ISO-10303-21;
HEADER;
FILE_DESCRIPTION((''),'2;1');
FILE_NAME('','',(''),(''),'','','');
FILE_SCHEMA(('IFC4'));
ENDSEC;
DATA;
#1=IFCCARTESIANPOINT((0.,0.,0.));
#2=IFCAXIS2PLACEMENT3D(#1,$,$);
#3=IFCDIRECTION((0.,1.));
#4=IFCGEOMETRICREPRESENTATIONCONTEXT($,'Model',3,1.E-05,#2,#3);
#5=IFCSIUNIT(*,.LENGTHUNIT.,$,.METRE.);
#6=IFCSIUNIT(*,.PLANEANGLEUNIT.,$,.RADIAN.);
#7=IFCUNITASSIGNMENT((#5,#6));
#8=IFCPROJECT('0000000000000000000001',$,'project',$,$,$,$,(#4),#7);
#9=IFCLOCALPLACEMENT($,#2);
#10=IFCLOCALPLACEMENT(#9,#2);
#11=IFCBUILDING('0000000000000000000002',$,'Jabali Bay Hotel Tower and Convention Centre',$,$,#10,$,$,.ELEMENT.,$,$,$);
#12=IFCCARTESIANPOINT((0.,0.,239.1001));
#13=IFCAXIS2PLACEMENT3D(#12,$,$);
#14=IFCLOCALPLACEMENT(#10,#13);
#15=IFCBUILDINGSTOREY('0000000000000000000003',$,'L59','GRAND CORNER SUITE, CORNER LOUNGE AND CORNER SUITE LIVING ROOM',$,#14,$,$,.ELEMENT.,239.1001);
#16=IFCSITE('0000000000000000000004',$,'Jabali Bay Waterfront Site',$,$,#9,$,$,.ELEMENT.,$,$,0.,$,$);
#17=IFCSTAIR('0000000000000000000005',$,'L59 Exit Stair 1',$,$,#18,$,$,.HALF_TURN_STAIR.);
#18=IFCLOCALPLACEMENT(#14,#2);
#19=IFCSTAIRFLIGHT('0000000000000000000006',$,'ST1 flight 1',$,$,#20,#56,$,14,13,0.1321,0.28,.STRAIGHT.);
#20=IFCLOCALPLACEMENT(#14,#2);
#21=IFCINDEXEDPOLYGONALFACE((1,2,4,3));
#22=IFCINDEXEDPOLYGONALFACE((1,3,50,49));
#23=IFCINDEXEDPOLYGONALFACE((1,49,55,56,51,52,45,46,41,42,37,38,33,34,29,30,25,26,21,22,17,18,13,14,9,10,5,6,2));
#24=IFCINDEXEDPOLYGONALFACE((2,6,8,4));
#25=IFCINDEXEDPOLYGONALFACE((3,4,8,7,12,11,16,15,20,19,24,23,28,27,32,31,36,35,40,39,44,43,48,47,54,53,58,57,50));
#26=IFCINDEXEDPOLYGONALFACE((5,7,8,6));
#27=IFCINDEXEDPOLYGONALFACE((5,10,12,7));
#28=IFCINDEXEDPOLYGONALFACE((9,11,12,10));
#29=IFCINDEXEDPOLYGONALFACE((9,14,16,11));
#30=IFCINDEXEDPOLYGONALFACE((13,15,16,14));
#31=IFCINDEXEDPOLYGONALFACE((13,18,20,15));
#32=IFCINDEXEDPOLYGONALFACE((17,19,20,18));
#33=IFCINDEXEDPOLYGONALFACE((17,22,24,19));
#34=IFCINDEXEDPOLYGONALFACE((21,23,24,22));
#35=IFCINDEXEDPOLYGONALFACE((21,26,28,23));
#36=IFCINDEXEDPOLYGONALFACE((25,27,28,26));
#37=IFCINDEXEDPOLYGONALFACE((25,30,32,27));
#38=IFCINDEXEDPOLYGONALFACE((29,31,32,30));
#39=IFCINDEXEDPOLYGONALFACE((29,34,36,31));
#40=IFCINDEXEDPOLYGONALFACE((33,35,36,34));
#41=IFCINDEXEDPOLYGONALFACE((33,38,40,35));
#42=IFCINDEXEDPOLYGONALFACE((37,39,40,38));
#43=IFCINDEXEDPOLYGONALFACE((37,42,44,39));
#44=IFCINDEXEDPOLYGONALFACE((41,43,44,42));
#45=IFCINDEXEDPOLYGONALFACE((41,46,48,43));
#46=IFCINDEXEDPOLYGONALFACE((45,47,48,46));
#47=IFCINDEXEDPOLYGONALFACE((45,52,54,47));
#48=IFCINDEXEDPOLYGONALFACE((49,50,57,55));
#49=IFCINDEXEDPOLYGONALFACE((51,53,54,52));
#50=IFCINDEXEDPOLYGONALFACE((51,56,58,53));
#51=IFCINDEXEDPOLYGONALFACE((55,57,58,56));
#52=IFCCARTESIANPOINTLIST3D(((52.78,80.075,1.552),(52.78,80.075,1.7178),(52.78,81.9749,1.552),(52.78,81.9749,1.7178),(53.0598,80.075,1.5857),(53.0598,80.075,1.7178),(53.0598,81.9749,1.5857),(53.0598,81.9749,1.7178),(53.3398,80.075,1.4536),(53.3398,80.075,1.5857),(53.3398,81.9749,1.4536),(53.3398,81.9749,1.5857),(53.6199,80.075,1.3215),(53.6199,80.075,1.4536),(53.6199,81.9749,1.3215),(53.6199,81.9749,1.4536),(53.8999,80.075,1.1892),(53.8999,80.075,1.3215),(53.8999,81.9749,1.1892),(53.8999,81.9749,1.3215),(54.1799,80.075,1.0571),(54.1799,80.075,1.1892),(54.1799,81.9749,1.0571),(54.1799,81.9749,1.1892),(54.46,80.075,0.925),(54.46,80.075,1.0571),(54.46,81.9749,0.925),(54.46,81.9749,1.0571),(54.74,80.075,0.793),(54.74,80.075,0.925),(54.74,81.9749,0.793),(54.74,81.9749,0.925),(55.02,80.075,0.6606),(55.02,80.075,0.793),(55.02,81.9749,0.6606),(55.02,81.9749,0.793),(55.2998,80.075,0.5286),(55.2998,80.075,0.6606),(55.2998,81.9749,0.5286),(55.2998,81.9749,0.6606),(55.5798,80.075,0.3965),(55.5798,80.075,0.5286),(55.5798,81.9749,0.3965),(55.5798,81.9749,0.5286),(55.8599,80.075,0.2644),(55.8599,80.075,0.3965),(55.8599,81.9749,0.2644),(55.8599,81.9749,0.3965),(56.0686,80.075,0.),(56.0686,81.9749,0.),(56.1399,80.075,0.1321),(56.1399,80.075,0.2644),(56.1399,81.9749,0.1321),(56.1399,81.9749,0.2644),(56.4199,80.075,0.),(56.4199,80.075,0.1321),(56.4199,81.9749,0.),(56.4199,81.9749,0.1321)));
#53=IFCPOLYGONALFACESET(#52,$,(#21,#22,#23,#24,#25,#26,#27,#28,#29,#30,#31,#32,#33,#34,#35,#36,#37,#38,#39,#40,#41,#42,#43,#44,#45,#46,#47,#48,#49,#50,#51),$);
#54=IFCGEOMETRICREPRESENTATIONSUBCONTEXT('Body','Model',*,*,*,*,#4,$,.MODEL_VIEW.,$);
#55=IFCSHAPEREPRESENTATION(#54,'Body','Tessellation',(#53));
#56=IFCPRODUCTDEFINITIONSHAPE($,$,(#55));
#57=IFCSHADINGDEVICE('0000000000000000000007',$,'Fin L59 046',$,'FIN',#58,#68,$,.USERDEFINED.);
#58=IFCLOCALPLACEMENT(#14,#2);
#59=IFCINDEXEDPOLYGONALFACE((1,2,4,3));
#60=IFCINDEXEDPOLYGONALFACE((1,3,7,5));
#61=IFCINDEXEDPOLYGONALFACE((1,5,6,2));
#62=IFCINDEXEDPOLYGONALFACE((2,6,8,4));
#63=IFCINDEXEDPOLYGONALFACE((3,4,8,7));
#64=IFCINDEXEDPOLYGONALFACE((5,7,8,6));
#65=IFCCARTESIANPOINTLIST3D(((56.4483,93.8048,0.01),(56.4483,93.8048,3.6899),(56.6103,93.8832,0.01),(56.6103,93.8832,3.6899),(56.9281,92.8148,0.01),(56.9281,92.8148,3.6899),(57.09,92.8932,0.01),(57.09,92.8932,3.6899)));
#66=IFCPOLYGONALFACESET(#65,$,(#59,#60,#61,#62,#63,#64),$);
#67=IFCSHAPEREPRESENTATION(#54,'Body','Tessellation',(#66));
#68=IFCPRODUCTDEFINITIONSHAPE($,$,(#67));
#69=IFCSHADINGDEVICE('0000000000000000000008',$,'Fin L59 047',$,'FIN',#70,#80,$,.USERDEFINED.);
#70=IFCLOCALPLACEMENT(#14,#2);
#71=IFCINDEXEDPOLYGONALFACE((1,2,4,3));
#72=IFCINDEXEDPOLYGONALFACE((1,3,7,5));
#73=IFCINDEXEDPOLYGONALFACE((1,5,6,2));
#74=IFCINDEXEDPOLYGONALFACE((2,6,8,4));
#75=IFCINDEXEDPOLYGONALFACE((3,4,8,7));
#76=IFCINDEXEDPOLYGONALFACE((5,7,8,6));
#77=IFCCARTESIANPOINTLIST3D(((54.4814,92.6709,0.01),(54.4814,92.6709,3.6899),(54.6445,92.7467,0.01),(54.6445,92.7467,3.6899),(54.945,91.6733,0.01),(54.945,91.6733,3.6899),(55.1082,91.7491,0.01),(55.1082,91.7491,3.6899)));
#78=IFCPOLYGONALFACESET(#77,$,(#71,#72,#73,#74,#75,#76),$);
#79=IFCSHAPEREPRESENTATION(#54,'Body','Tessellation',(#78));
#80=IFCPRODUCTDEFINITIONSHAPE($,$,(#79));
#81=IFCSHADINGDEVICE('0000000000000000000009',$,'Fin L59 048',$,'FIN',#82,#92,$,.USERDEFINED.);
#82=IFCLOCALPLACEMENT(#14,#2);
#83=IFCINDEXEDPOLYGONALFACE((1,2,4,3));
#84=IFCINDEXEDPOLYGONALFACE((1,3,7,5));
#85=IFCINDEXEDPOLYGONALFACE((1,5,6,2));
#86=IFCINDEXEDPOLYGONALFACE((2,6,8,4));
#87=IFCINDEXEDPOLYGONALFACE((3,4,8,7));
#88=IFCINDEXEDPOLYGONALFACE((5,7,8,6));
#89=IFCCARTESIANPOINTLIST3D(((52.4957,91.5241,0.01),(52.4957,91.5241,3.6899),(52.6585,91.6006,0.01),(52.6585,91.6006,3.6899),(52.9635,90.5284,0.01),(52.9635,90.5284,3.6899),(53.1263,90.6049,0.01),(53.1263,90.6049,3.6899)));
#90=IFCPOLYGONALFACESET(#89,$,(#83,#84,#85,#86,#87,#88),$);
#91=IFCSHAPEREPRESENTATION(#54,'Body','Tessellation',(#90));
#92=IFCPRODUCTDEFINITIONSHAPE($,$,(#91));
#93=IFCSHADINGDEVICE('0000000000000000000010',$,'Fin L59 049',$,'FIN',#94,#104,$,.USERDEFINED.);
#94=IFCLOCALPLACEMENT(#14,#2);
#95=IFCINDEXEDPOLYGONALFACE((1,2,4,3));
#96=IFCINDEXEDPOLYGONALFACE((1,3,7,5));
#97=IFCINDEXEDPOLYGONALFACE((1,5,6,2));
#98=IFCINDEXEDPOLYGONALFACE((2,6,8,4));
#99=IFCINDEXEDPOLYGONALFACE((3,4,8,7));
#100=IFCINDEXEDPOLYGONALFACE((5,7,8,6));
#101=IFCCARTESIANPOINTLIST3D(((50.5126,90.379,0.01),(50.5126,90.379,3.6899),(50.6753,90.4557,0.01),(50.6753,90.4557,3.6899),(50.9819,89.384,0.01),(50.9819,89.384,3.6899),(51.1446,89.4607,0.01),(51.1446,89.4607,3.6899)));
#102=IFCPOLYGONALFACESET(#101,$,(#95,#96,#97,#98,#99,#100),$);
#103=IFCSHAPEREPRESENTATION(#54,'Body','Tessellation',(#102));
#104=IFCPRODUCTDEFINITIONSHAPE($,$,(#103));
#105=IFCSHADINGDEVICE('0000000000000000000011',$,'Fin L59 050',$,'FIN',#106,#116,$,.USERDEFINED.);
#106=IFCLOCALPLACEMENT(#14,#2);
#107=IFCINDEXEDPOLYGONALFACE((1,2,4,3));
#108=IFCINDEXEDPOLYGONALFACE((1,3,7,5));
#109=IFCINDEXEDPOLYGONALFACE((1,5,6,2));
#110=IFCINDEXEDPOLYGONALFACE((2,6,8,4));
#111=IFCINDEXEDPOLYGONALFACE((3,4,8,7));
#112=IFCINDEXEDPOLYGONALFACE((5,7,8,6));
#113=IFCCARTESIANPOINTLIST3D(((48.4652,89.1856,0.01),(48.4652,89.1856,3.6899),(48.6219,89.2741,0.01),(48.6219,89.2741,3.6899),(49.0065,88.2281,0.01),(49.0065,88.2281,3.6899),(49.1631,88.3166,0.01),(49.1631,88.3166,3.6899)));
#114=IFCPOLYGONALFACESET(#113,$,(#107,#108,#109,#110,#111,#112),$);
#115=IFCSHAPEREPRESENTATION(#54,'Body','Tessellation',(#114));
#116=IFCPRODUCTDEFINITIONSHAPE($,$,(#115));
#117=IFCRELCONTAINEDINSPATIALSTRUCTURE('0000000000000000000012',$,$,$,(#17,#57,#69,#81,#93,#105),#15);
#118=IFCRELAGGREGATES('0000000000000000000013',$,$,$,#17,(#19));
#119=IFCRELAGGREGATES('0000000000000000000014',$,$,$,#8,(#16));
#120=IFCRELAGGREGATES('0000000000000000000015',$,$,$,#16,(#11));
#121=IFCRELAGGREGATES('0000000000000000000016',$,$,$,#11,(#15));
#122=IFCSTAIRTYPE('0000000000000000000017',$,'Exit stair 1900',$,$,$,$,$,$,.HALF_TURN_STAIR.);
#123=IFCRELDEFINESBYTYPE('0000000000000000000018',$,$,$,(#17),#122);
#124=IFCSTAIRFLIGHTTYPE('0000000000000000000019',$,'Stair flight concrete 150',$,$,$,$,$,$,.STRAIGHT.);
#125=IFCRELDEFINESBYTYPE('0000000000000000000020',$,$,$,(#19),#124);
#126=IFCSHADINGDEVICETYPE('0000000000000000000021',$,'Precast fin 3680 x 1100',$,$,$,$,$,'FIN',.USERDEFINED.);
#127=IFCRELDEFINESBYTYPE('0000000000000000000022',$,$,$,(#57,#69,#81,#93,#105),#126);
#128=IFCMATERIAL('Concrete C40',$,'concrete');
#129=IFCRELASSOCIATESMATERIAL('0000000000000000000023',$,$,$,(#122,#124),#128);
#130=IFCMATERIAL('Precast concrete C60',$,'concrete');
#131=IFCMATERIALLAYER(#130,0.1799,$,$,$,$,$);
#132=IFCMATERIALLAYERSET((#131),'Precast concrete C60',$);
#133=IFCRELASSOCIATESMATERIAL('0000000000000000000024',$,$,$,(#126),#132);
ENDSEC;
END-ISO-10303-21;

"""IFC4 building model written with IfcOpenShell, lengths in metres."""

from ifc_helpers import new_model, si_unit, direction, frame, frame_2d, origin, place, context, subcontext, project, spatial, polyline, rectangle, outline, extrude, material, layer, layer_set, type_object, element, aggregate, save


model = new_model("IFC4")

# Units and contexts
model_context = context("Model", 3, precision=1e-05, world=origin(), true_north=direction((0.0, 1.0)))
body_context = subcontext(model_context, "Body", "Model", "MODEL_VIEW")
ifc_project = project(units=[si_unit("LENGTHUNIT", "METRE"), si_unit("PLANEANGLEUNIT", "RADIAN")], contexts=[model_context])

# Site, building, storey
site_placement = place(None, origin())
site = spatial("IfcSite", under=ifc_project, at=site_placement, Name="Jabali Bay Waterfront Site", CompositionType="ELEMENT", RefElevation=0.0)
building_placement = place(site_placement, origin())
building = spatial("IfcBuilding", under=site, at=building_placement, Name="Jabali Bay Hotel Tower and Convention Centre", CompositionType="ELEMENT")
storey_placement = place(building_placement, frame((0.0, 0.0, 239.1001)))
storey = spatial("IfcBuildingStorey", under=building, at=storey_placement, Name="L59", Description="GRAND CORNER SUITE, CORNER LOUNGE AND CORNER SUITE LIVING ROOM", CompositionType="ELEMENT", Elevation=239.1001)

# Shared definitions
ifc_material_1 = material(Name="Concrete C40", Category="concrete")

# Stair, stair flight
stair_type = type_object("IfcStairType", Name="Exit stair 1900", PredefinedType="HALF_TURN_STAIR", material=ifc_material_1)
stair_placement = place(storey_placement, origin())
stair = element("IfcStair", 1, at=stair_placement, inside=storey, type_object=stair_type, Name="L59 Exit Stair 1", PredefinedType="HALF_TURN_STAIR")
stair_flight_type = type_object("IfcStairFlightType", Name="Stair flight concrete 150", PredefinedType="STRAIGHT", material=ifc_material_1)
stair_flight_placement = place(storey_placement, frame((56.4199, 81.0249, 0.0), z_axis=(0.0, 0.0, 1.0), x_axis=(-1.0, 0.0, 0.0)))
stair_flight = element("IfcStairFlight", 2, at=stair_flight_placement, type_object=stair_flight_type, Name="ST1 flight 1", NumberOfRisers=14, NumberOfTreads=13, PredefinedType="STRAIGHT", RiserHeight=0.1321, TreadLength=0.28, context=body_context, shape_type="SweptSolid", body=[
    extrude(outline(polyline([(0.0, 0.0), (0.0, 0.1321), (0.28, 0.1321), (0.28, 0.2644), (0.5601, 0.2644), (0.5601, 0.3965), (0.8401, 0.3965), (0.8401, 0.5286), (1.1201, 0.5286), (1.1201, 0.6606), (1.3999, 0.6606), (1.3999, 0.793), (1.6799, 0.793), (1.6799, 0.925), (1.96, 0.925), (1.96, 1.0571), (2.24, 1.0571), (2.24, 1.1892), (2.52, 1.1892), (2.52, 1.3215), (2.8, 1.3215), (2.8, 1.4536), (3.0801, 1.4536), (3.0801, 1.5857), (3.3601, 1.5857), (3.3601, 1.7178), (3.6399, 1.7178), (3.6399, 1.8501), (3.6399, 1.552), (0.3513, 0.0), (0.0, 0.0)])), frame((0.0, 0.95, 0.0), z_axis=(0.0, -1.0, 0.0), x_axis=(1.0, 0.0, 0.0)), (0.0, 0.0, 1.0), 1.8999),
])
aggregate(stair, [stair_flight])

# Shading devices
ifc_material_2 = material(Name="Precast concrete C60", Category="concrete")
ifc_layer_1 = layer(ifc_material_2, 0.1799)
ifc_layer_set_1 = layer_set([ifc_layer_1], Name="Precast concrete C60")
shading_device_type = type_object("IfcShadingDeviceType", Name="Precast fin 3680 x 1100", ElementType="FIN", PredefinedType="USERDEFINED", material=ifc_layer_set_1)
for number, where, z_axis, x_axis, name in (
    (3, (57.009, 92.854, 0.01), (0.0, 0.0, 1.0), (-0.436083, 0.899906, 0.0), "Fin L59 046"),
    (4, (55.0266, 91.7112, 0.01), (0.0, 0.0, 1.0), (-0.421463, 0.906845, 0.0), "Fin L59 047"),
    (5, (53.0449, 90.5667, 0.01), (0.0, 0.0, 1.0), (-0.425241, 0.90508, 0.0), "Fin L59 048"),
    (6, (51.0632, 89.4224, 0.01), (0.0, 0.0, 1.0), (-0.426588, 0.904446, 0.0), "Fin L59 049"),
):
    element("IfcShadingDevice", number, at=place(storey_placement, frame(where, z_axis=z_axis, x_axis=x_axis)), inside=storey, type_object=shading_device_type, Name=name, ObjectType="FIN", PredefinedType="USERDEFINED", context=body_context, shape_type="SweptSolid", body=[
        extrude(rectangle(XDim=1.1001, YDim=0.1799, at=frame_2d((0.55, 0.0))), origin(), (0.0, 0.0, 1.0), 3.6799),
    ])
shading_device_placement = place(storey_placement, frame((49.0847, 88.2725, 0.01), z_axis=(0.0, 0.0, 1.0), x_axis=(-0.492094, 0.870542, 0.0)))
element("IfcShadingDevice", 7, at=shading_device_placement, inside=storey, type_object=shading_device_type, Name="Fin L59 050", ObjectType="FIN", PredefinedType="USERDEFINED", context=body_context, shape_type="SweptSolid", body=[
    extrude(rectangle(XDim=1.0999, YDim=0.1799, at=frame_2d((0.5498, 0.0))), origin(), (0.0, 0.0, 1.0), 3.6799),
])

save(model, "model.ifc")
